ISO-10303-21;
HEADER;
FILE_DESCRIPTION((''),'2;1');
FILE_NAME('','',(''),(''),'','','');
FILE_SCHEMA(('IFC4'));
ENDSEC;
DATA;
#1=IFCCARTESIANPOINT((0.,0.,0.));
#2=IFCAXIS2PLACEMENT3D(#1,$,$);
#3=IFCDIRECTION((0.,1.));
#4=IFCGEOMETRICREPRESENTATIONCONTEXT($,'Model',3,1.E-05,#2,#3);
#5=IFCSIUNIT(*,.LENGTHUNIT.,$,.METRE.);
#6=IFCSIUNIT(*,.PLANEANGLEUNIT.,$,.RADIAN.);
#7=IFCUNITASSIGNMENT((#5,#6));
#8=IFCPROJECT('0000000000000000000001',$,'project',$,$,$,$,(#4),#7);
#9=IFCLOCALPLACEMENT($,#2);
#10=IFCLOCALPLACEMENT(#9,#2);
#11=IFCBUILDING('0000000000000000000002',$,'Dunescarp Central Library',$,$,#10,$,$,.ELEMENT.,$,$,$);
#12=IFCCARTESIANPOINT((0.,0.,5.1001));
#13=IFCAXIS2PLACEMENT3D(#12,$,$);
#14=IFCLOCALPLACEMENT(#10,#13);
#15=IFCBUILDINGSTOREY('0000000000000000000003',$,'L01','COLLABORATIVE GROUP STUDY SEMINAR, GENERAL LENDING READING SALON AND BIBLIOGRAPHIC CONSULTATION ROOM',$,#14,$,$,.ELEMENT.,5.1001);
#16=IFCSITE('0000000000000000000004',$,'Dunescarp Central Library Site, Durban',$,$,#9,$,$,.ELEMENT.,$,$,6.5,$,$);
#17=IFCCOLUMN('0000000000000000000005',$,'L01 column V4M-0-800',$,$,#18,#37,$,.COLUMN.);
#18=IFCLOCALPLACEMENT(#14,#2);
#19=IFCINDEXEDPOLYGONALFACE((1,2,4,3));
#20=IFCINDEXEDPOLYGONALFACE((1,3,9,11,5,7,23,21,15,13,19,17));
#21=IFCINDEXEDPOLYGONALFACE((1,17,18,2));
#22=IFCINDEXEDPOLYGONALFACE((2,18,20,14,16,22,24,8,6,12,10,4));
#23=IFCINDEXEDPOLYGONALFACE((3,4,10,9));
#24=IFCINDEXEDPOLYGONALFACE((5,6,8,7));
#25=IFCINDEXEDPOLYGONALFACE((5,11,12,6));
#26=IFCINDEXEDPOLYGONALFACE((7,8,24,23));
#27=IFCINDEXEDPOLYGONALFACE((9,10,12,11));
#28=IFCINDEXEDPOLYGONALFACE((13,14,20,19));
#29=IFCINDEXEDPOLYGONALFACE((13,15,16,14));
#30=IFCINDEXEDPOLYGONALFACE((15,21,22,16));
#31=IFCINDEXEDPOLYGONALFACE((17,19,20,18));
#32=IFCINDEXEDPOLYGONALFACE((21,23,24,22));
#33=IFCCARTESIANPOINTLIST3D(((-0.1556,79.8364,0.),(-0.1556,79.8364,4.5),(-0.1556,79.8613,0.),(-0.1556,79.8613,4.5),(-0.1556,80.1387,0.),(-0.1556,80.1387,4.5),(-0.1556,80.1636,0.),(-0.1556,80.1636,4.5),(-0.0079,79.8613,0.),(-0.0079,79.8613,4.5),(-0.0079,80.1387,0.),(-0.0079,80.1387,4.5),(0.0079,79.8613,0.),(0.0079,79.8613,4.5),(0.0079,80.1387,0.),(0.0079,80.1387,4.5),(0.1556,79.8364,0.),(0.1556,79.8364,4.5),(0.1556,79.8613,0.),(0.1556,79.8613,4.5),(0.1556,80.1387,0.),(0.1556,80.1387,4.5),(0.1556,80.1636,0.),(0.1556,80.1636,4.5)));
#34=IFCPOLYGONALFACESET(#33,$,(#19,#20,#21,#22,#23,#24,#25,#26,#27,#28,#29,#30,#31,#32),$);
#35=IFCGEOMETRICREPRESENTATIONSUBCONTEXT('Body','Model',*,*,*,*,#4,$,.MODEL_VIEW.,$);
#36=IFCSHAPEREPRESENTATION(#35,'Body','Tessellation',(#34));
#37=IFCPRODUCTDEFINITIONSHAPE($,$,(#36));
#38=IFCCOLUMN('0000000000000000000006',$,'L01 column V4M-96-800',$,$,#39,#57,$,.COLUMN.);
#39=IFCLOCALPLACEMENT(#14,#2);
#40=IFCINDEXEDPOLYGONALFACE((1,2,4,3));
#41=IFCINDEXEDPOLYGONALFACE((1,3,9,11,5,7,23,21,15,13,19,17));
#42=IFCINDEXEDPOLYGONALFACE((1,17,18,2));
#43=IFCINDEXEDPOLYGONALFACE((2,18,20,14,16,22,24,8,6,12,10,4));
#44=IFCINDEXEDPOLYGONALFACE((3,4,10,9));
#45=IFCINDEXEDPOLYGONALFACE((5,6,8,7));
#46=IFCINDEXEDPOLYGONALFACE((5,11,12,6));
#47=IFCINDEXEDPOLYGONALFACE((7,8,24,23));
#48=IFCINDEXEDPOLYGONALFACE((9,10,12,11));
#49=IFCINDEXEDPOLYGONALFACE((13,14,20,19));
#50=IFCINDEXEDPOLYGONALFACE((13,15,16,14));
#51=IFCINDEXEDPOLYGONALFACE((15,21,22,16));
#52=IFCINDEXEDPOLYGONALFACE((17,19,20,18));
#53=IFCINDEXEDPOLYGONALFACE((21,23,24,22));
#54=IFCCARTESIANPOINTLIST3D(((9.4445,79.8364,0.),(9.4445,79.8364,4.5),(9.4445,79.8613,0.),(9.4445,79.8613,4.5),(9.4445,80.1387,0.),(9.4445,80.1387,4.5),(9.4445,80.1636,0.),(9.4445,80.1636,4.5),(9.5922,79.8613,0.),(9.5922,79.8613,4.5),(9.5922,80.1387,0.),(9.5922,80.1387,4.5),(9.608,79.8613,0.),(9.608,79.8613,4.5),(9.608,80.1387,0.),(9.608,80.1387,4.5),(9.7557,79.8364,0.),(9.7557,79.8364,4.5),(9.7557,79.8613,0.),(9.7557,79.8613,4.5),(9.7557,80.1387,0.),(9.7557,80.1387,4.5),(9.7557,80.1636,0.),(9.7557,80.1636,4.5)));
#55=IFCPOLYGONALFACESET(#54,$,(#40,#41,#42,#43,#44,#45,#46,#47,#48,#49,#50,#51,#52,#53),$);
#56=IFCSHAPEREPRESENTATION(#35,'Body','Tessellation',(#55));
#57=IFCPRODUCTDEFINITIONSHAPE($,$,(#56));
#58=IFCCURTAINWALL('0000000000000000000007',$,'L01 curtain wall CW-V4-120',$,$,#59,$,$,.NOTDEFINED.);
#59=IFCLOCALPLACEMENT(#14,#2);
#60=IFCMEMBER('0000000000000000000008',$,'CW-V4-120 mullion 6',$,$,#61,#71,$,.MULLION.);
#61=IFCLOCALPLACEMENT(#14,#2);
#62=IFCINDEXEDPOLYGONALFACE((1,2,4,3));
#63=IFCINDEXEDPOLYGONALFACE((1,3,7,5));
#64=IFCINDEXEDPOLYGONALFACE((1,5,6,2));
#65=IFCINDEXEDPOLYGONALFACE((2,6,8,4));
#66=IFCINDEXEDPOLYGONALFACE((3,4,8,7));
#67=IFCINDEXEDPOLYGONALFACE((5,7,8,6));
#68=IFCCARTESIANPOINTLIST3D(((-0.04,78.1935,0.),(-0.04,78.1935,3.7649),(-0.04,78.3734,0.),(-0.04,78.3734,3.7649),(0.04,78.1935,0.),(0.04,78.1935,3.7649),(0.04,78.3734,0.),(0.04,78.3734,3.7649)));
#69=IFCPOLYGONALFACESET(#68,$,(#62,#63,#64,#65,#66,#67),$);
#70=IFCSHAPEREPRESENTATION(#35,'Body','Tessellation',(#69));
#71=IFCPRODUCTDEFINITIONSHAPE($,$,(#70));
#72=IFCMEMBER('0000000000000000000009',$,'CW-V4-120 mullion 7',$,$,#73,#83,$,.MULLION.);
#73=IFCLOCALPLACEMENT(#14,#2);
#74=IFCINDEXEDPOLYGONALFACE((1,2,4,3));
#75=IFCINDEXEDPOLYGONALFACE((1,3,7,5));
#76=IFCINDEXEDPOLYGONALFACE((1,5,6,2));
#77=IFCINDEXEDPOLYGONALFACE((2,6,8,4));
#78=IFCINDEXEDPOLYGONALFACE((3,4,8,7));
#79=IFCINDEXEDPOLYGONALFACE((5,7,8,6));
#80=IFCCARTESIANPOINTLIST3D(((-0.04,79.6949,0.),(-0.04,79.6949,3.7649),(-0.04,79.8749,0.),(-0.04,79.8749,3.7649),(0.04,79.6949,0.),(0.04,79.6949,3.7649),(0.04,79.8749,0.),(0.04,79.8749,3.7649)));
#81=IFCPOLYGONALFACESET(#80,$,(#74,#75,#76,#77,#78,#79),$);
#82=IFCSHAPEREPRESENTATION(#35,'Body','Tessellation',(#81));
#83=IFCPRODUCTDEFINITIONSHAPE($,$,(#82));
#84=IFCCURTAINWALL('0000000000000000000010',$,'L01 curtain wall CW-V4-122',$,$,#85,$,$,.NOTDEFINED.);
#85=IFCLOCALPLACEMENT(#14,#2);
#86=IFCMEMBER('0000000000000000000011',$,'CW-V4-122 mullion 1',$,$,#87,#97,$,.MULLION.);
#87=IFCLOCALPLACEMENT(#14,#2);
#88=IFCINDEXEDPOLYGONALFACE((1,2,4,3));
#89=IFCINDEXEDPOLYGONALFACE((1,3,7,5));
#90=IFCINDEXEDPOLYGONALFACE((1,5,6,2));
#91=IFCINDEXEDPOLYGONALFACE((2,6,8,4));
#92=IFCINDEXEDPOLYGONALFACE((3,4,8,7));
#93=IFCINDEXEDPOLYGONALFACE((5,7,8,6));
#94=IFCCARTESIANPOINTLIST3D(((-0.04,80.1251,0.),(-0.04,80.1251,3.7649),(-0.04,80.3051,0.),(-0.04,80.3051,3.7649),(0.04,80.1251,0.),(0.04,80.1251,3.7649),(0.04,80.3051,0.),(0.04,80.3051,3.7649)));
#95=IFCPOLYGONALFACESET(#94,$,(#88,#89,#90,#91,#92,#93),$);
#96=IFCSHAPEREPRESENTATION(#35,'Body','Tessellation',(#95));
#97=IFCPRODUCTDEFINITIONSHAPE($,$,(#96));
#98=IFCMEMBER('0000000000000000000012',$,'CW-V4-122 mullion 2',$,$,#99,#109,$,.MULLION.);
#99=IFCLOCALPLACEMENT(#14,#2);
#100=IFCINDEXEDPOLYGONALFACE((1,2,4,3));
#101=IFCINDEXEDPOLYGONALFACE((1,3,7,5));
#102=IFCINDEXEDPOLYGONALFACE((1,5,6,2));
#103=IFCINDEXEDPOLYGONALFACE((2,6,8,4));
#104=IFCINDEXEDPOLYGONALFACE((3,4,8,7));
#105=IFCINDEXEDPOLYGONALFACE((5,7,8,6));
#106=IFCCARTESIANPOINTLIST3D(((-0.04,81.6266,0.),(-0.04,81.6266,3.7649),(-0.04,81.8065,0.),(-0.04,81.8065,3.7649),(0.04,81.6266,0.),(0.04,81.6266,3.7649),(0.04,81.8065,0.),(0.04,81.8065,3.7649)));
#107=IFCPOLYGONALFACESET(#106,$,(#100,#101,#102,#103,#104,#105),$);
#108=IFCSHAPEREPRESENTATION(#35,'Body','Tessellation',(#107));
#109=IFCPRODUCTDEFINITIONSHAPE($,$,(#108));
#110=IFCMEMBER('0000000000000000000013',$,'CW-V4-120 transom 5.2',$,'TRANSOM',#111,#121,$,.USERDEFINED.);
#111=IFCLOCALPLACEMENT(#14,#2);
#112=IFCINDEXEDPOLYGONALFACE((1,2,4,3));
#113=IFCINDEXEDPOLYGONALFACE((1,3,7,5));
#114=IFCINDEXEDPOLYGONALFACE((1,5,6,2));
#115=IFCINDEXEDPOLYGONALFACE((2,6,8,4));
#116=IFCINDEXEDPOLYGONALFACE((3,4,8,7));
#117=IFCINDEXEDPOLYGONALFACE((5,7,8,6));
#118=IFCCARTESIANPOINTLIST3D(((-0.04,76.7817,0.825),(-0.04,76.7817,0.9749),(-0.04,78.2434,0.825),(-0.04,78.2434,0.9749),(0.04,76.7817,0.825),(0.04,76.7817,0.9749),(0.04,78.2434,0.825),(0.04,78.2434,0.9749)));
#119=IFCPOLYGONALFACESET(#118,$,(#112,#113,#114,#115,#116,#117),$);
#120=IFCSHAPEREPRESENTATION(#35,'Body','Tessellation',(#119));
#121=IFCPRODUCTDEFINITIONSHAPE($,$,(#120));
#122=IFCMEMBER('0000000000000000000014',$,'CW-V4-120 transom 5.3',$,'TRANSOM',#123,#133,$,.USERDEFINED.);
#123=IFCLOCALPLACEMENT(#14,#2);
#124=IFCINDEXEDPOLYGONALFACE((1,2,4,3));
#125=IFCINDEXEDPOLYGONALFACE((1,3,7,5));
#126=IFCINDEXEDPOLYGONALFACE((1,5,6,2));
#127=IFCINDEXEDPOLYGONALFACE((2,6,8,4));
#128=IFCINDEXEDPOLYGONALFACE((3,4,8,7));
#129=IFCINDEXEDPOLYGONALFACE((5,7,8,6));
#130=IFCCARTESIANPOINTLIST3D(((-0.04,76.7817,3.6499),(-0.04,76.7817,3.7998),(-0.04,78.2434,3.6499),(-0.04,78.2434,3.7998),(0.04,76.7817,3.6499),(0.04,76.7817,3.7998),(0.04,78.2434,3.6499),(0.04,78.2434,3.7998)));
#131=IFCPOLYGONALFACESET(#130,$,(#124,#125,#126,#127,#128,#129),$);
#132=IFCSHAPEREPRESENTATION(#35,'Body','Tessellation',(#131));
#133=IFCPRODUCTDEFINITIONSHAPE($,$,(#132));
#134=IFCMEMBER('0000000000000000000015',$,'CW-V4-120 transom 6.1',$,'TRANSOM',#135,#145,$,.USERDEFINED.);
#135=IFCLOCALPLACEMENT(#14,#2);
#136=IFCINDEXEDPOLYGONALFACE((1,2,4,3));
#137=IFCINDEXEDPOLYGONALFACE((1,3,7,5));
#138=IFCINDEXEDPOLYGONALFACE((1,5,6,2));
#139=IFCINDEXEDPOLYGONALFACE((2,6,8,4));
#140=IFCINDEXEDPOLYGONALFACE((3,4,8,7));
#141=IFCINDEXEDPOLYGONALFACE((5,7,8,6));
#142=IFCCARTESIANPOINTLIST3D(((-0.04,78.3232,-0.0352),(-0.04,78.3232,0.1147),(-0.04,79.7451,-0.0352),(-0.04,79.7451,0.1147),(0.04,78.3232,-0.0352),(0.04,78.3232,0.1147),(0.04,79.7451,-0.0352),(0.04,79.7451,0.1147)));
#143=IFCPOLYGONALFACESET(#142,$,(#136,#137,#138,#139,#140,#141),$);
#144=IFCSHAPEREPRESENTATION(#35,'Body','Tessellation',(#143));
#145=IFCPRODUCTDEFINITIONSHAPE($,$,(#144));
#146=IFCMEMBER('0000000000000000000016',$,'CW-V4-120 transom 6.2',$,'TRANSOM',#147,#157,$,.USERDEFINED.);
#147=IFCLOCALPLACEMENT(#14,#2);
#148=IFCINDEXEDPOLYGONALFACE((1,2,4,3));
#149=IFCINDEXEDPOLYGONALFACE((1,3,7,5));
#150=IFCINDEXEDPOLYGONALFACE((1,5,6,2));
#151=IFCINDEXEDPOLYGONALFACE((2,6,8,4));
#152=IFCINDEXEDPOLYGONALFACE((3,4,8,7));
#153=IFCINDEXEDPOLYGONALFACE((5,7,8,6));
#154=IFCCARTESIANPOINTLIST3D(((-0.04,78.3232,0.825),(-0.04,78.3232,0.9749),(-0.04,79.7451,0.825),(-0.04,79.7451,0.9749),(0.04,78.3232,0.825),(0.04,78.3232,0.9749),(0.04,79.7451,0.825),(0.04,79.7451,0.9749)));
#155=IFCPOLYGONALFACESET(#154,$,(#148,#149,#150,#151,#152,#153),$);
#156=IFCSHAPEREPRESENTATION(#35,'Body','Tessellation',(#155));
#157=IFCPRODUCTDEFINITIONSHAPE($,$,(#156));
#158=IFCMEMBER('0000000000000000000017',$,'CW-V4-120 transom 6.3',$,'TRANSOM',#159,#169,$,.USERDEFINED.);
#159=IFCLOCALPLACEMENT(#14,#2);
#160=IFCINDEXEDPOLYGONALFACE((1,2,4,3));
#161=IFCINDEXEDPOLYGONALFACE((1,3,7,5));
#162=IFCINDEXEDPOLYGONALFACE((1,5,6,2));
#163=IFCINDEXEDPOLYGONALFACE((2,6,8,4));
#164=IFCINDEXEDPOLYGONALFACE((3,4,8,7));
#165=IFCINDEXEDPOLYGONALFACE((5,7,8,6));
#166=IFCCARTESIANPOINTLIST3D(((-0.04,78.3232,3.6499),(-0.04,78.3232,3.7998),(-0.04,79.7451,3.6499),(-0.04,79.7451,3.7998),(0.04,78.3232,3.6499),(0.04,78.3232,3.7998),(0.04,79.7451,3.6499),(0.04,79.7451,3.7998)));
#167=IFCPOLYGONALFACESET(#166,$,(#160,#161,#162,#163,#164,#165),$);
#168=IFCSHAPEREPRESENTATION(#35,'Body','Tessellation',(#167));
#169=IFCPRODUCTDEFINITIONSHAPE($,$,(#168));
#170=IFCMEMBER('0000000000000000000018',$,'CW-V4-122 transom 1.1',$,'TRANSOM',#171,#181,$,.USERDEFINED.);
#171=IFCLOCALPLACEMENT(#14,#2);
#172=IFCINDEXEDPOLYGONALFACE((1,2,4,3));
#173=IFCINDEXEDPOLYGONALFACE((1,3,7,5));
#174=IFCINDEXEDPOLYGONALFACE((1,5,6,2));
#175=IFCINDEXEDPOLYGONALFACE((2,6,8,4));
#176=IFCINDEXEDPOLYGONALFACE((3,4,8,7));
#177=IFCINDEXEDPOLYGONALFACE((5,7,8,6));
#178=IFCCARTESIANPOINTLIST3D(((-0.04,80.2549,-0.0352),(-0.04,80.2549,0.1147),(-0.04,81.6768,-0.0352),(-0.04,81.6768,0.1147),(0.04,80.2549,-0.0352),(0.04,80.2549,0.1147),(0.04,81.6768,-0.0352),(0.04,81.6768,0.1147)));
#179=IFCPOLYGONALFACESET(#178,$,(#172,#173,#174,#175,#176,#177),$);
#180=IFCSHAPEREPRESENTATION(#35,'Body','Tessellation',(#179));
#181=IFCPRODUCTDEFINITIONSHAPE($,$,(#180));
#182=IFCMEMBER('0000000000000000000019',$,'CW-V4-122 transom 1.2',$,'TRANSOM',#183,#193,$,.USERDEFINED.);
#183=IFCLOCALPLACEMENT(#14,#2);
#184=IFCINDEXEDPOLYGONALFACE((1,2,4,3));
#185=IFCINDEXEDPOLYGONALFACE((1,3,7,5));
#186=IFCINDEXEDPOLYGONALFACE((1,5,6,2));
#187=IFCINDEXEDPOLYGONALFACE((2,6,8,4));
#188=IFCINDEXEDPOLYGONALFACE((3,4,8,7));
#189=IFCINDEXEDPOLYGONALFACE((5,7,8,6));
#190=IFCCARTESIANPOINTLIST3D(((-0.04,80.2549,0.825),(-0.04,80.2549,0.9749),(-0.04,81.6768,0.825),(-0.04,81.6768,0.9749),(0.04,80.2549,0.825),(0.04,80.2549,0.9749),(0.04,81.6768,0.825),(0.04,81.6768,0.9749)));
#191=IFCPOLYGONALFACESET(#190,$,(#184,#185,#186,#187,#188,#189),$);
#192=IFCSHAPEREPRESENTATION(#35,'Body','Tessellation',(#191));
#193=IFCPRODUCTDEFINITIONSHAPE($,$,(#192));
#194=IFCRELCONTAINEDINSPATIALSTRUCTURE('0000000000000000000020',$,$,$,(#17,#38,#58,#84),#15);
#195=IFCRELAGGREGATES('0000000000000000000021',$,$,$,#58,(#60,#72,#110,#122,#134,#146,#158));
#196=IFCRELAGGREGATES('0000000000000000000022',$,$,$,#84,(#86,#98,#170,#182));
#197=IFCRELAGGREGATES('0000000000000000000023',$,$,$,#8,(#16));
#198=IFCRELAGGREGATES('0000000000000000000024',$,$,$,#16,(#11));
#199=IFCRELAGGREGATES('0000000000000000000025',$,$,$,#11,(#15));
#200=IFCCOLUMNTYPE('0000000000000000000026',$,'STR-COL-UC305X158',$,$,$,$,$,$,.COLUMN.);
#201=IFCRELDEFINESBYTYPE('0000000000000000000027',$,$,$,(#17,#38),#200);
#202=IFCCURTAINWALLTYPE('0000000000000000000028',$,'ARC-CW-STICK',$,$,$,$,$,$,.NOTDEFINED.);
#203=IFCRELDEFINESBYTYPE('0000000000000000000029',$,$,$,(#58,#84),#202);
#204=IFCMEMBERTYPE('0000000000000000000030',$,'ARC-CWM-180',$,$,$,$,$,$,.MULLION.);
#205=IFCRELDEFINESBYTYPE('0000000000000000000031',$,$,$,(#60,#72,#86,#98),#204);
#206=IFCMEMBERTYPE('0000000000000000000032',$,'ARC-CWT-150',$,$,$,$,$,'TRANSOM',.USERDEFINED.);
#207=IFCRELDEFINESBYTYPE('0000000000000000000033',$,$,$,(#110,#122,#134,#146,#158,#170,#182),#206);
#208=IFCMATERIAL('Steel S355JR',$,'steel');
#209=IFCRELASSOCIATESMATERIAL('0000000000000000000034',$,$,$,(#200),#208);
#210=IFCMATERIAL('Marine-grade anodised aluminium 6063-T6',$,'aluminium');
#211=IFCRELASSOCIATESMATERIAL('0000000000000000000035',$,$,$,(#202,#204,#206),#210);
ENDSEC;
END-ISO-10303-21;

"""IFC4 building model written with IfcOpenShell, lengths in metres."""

from ifc_helpers import new_model, si_unit, direction, frame, origin, origin_2d, place, context, subcontext, project, spatial, rectangle, i_section, extrude, material, material_profile, profile_set, type_object, element, aggregate, save


model = new_model("IFC4")

# Units and contexts
model_context = context("Model", 3, precision=1e-05, world=origin(), true_north=direction((0.0, 1.0)))
body_context = subcontext(model_context, "Body", "Model", "MODEL_VIEW")
ifc_project = project(units=[si_unit("LENGTHUNIT", "METRE"), si_unit("PLANEANGLEUNIT", "RADIAN")], contexts=[model_context])

# Site, building, storey
site_placement = place(None, origin())
site = spatial("IfcSite", under=ifc_project, at=site_placement, Name="Dunescarp Central Library Site, Durban", CompositionType="ELEMENT", RefElevation=6.5)
building_placement = place(site_placement, origin())
building = spatial("IfcBuilding", under=site, at=building_placement, Name="Dunescarp Central Library", CompositionType="ELEMENT")
storey_placement = place(building_placement, frame((0.0, 0.0, 5.1001)))
storey = spatial("IfcBuildingStorey", under=building, at=storey_placement, Name="L01", Description="COLLABORATIVE GROUP STUDY SEMINAR, GENERAL LENDING READING SALON AND BIBLIOGRAPHIC CONSULTATION ROOM", CompositionType="ELEMENT", Elevation=5.1001)

# Columns
ifc_material_1 = material(Name="Steel S355JR", Category="steel")
ifc_material_profile_1 = material_profile(ifc_material_1, i_section(OverallWidth=0.3113, OverallDepth=0.3271, WebThickness=0.0159, FlangeThickness=0.0249, at=origin_2d()), Name="UC 305x305x158")
ifc_profile_set_1 = profile_set([ifc_material_profile_1], Name="Steel S355JR")
column_type = type_object("IfcColumnType", Name="STR-COL-UC305X158", PredefinedType="COLUMN", material=ifc_profile_set_1)
for number, where, z_axis, x_axis, name in (
    (1, (0.0, 80.0, 0.0), (0.0, 0.0, 1.0), (1.0, 0.0, 0.0), "L01 column V4M-0-800"),
    (2, (9.6001, 80.0, 0.0), (0.0, 0.0, 1.0), (1.0, 0.0, 0.0), "L01 column V4M-96-800"),
):
    element("IfcColumn", number, at=place(storey_placement, frame(where, z_axis=z_axis, x_axis=x_axis)), inside=storey, type_object=column_type, Name=name, PredefinedType="COLUMN", context=body_context, shape_type="SweptSolid", body=[
        extrude(i_section(OverallWidth=0.3113, OverallDepth=0.3271, WebThickness=0.0159, FlangeThickness=0.0249, at=origin_2d()), origin(), (0.0, 0.0, 1.0), 4.5),
    ])

# Curtain walls, members
ifc_material_2 = material(Name="Marine-grade anodised aluminium 6063-T6", Category="aluminium")
curtain_wall_type = type_object("IfcCurtainWallType", Name="ARC-CW-STICK", PredefinedType="NOTDEFINED", material=ifc_material_2)
curtain_wall_1_placement = place(storey_placement, origin())
curtain_wall_1 = element("IfcCurtainWall", 3, at=curtain_wall_1_placement, inside=storey, type_object=curtain_wall_type, Name="L01 curtain wall CW-V4-120", PredefinedType="NOTDEFINED")
ifc_material_profile_2 = material_profile(ifc_material_2, rectangle(XDim=0.0801, YDim=0.1799, at=origin_2d()), Name="AL 80x180")
ifc_profile_set_2 = profile_set([ifc_material_profile_2], Name="Marine-grade anodised aluminium 6063-T6")
member_type_1 = type_object("IfcMemberType", Name="ARC-CWM-180", PredefinedType="MULLION", material=ifc_profile_set_2)
member_1_placement = place(storey_placement, frame((0.0, 78.2834, 0.0), z_axis=(0.0, 0.0, 1.0), x_axis=(-1.0, 0.0, 0.0)))
member_1 = element("IfcMember", 4, at=member_1_placement, type_object=member_type_1, Name="CW-V4-120 mullion 6", PredefinedType="MULLION", context=body_context, shape_type="SweptSolid", body=[
    extrude(rectangle(XDim=0.0801, YDim=0.1799, at=origin_2d()), origin(), (0.0, 0.0, 1.0), 3.7649),
])
member_2_placement = place(storey_placement, frame((0.0, 79.7849, 0.0), z_axis=(0.0, 0.0, 1.0), x_axis=(-1.0, 0.0, 0.0)))
member_2 = element("IfcMember", 5, at=member_2_placement, type_object=member_type_1, Name="CW-V4-120 mullion 7", PredefinedType="MULLION", context=body_context, shape_type="SweptSolid", body=[
    extrude(rectangle(XDim=0.0801, YDim=0.1799, at=origin_2d()), origin(), (0.0, 0.0, 1.0), 3.7649),
])
curtain_wall_2_placement = place(storey_placement, origin())
curtain_wall_2 = element("IfcCurtainWall", 6, at=curtain_wall_2_placement, inside=storey, type_object=curtain_wall_type, Name="L01 curtain wall CW-V4-122", PredefinedType="NOTDEFINED")
member_3_placement = place(storey_placement, frame((0.0, 80.2151, 0.0), z_axis=(0.0, 0.0, 1.0), x_axis=(-1.0, 0.0, 0.0)))
member_3 = element("IfcMember", 7, at=member_3_placement, type_object=member_type_1, Name="CW-V4-122 mullion 1", PredefinedType="MULLION", context=body_context, shape_type="SweptSolid", body=[
    extrude(rectangle(XDim=0.0801, YDim=0.1799, at=origin_2d()), origin(), (0.0, 0.0, 1.0), 3.7649),
])
member_4_placement = place(storey_placement, frame((0.0, 81.7166, 0.0), z_axis=(0.0, 0.0, 1.0), x_axis=(-1.0, 0.0, 0.0)))
member_4 = element("IfcMember", 8, at=member_4_placement, type_object=member_type_1, Name="CW-V4-122 mullion 2", PredefinedType="MULLION", context=body_context, shape_type="SweptSolid", body=[
    extrude(rectangle(XDim=0.0801, YDim=0.1799, at=origin_2d()), origin(), (0.0, 0.0, 1.0), 3.7649),
])

# Members
ifc_material_profile_3 = material_profile(ifc_material_2, rectangle(XDim=0.0801, YDim=0.1499, at=origin_2d()), Name="AL 80x150")
ifc_profile_set_3 = profile_set([ifc_material_profile_3], Name="Marine-grade anodised aluminium 6063-T6")
member_type_2 = type_object("IfcMemberType", Name="ARC-CWT-150", ElementType="TRANSOM", PredefinedType="USERDEFINED", material=ifc_profile_set_3)
member_5_placement = place(storey_placement, frame((0.0, 76.7817, 0.8999), z_axis=(0.0, 1.0, 0.0), x_axis=(-1.0, 0.0, 0.0)))
member_5 = element("IfcMember", 9, at=member_5_placement, type_object=member_type_2, Name="CW-V4-120 transom 5.2", ObjectType="TRANSOM", PredefinedType="USERDEFINED", context=body_context, shape_type="SweptSolid", body=[
    extrude(rectangle(XDim=0.0801, YDim=0.1499, at=origin_2d()), origin(), (0.0, 0.0, 1.0), 1.4617),
])
member_6_placement = place(storey_placement, frame((0.0, 76.7817, 3.7249), z_axis=(0.0, 1.0, 0.0), x_axis=(-1.0, 0.0, 0.0)))
member_6 = element("IfcMember", 10, at=member_6_placement, type_object=member_type_2, Name="CW-V4-120 transom 5.3", ObjectType="TRANSOM", PredefinedType="USERDEFINED", context=body_context, shape_type="SweptSolid", body=[
    extrude(rectangle(XDim=0.0801, YDim=0.1499, at=origin_2d()), origin(), (0.0, 0.0, 1.0), 1.4617),
])
member_7_placement = place(storey_placement, frame((0.0, 78.3232, 0.0398), z_axis=(0.0, 1.0, 0.0), x_axis=(-1.0, 0.0, 0.0)))
member_7 = element("IfcMember", 11, at=member_7_placement, type_object=member_type_2, Name="CW-V4-120 transom 6.1", ObjectType="TRANSOM", PredefinedType="USERDEFINED", context=body_context, shape_type="SweptSolid", body=[
    extrude(rectangle(XDim=0.0801, YDim=0.1499, at=origin_2d()), origin(), (0.0, 0.0, 1.0), 1.4219),
])
member_8_placement = place(storey_placement, frame((0.0, 78.3232, 0.8999), z_axis=(0.0, 1.0, 0.0), x_axis=(-1.0, 0.0, 0.0)))
member_8 = element("IfcMember", 12, at=member_8_placement, type_object=member_type_2, Name="CW-V4-120 transom 6.2", ObjectType="TRANSOM", PredefinedType="USERDEFINED", context=body_context, shape_type="SweptSolid", body=[
    extrude(rectangle(XDim=0.0801, YDim=0.1499, at=origin_2d()), origin(), (0.0, 0.0, 1.0), 1.4219),
])
member_9_placement = place(storey_placement, frame((0.0, 78.3232, 3.7249), z_axis=(0.0, 1.0, 0.0), x_axis=(-1.0, 0.0, 0.0)))
member_9 = element("IfcMember", 13, at=member_9_placement, type_object=member_type_2, Name="CW-V4-120 transom 6.3", ObjectType="TRANSOM", PredefinedType="USERDEFINED", context=body_context, shape_type="SweptSolid", body=[
    extrude(rectangle(XDim=0.0801, YDim=0.1499, at=origin_2d()), origin(), (0.0, 0.0, 1.0), 1.4219),
])
member_10_placement = place(storey_placement, frame((0.0, 80.2549, 0.0398), z_axis=(0.0, 1.0, 0.0), x_axis=(-1.0, 0.0, 0.0)))
member_10 = element("IfcMember", 14, at=member_10_placement, type_object=member_type_2, Name="CW-V4-122 transom 1.1", ObjectType="TRANSOM", PredefinedType="USERDEFINED", context=body_context, shape_type="SweptSolid", body=[
    extrude(rectangle(XDim=0.0801, YDim=0.1499, at=origin_2d()), origin(), (0.0, 0.0, 1.0), 1.4219),
])
member_11_placement = place(storey_placement, frame((0.0, 80.2549, 0.8999), z_axis=(0.0, 1.0, 0.0), x_axis=(-1.0, 0.0, 0.0)))
member_11 = element("IfcMember", 15, at=member_11_placement, type_object=member_type_2, Name="CW-V4-122 transom 1.2", ObjectType="TRANSOM", PredefinedType="USERDEFINED", context=body_context, shape_type="SweptSolid", body=[
    extrude(rectangle(XDim=0.0801, YDim=0.1499, at=origin_2d()), origin(), (0.0, 0.0, 1.0), 1.4219),
])

aggregate(curtain_wall_1, [member_1, member_2, member_5, member_6, member_7, member_8, member_9])
aggregate(curtain_wall_2, [member_3, member_4, member_10, member_11])

save(model, "model.ifc")
